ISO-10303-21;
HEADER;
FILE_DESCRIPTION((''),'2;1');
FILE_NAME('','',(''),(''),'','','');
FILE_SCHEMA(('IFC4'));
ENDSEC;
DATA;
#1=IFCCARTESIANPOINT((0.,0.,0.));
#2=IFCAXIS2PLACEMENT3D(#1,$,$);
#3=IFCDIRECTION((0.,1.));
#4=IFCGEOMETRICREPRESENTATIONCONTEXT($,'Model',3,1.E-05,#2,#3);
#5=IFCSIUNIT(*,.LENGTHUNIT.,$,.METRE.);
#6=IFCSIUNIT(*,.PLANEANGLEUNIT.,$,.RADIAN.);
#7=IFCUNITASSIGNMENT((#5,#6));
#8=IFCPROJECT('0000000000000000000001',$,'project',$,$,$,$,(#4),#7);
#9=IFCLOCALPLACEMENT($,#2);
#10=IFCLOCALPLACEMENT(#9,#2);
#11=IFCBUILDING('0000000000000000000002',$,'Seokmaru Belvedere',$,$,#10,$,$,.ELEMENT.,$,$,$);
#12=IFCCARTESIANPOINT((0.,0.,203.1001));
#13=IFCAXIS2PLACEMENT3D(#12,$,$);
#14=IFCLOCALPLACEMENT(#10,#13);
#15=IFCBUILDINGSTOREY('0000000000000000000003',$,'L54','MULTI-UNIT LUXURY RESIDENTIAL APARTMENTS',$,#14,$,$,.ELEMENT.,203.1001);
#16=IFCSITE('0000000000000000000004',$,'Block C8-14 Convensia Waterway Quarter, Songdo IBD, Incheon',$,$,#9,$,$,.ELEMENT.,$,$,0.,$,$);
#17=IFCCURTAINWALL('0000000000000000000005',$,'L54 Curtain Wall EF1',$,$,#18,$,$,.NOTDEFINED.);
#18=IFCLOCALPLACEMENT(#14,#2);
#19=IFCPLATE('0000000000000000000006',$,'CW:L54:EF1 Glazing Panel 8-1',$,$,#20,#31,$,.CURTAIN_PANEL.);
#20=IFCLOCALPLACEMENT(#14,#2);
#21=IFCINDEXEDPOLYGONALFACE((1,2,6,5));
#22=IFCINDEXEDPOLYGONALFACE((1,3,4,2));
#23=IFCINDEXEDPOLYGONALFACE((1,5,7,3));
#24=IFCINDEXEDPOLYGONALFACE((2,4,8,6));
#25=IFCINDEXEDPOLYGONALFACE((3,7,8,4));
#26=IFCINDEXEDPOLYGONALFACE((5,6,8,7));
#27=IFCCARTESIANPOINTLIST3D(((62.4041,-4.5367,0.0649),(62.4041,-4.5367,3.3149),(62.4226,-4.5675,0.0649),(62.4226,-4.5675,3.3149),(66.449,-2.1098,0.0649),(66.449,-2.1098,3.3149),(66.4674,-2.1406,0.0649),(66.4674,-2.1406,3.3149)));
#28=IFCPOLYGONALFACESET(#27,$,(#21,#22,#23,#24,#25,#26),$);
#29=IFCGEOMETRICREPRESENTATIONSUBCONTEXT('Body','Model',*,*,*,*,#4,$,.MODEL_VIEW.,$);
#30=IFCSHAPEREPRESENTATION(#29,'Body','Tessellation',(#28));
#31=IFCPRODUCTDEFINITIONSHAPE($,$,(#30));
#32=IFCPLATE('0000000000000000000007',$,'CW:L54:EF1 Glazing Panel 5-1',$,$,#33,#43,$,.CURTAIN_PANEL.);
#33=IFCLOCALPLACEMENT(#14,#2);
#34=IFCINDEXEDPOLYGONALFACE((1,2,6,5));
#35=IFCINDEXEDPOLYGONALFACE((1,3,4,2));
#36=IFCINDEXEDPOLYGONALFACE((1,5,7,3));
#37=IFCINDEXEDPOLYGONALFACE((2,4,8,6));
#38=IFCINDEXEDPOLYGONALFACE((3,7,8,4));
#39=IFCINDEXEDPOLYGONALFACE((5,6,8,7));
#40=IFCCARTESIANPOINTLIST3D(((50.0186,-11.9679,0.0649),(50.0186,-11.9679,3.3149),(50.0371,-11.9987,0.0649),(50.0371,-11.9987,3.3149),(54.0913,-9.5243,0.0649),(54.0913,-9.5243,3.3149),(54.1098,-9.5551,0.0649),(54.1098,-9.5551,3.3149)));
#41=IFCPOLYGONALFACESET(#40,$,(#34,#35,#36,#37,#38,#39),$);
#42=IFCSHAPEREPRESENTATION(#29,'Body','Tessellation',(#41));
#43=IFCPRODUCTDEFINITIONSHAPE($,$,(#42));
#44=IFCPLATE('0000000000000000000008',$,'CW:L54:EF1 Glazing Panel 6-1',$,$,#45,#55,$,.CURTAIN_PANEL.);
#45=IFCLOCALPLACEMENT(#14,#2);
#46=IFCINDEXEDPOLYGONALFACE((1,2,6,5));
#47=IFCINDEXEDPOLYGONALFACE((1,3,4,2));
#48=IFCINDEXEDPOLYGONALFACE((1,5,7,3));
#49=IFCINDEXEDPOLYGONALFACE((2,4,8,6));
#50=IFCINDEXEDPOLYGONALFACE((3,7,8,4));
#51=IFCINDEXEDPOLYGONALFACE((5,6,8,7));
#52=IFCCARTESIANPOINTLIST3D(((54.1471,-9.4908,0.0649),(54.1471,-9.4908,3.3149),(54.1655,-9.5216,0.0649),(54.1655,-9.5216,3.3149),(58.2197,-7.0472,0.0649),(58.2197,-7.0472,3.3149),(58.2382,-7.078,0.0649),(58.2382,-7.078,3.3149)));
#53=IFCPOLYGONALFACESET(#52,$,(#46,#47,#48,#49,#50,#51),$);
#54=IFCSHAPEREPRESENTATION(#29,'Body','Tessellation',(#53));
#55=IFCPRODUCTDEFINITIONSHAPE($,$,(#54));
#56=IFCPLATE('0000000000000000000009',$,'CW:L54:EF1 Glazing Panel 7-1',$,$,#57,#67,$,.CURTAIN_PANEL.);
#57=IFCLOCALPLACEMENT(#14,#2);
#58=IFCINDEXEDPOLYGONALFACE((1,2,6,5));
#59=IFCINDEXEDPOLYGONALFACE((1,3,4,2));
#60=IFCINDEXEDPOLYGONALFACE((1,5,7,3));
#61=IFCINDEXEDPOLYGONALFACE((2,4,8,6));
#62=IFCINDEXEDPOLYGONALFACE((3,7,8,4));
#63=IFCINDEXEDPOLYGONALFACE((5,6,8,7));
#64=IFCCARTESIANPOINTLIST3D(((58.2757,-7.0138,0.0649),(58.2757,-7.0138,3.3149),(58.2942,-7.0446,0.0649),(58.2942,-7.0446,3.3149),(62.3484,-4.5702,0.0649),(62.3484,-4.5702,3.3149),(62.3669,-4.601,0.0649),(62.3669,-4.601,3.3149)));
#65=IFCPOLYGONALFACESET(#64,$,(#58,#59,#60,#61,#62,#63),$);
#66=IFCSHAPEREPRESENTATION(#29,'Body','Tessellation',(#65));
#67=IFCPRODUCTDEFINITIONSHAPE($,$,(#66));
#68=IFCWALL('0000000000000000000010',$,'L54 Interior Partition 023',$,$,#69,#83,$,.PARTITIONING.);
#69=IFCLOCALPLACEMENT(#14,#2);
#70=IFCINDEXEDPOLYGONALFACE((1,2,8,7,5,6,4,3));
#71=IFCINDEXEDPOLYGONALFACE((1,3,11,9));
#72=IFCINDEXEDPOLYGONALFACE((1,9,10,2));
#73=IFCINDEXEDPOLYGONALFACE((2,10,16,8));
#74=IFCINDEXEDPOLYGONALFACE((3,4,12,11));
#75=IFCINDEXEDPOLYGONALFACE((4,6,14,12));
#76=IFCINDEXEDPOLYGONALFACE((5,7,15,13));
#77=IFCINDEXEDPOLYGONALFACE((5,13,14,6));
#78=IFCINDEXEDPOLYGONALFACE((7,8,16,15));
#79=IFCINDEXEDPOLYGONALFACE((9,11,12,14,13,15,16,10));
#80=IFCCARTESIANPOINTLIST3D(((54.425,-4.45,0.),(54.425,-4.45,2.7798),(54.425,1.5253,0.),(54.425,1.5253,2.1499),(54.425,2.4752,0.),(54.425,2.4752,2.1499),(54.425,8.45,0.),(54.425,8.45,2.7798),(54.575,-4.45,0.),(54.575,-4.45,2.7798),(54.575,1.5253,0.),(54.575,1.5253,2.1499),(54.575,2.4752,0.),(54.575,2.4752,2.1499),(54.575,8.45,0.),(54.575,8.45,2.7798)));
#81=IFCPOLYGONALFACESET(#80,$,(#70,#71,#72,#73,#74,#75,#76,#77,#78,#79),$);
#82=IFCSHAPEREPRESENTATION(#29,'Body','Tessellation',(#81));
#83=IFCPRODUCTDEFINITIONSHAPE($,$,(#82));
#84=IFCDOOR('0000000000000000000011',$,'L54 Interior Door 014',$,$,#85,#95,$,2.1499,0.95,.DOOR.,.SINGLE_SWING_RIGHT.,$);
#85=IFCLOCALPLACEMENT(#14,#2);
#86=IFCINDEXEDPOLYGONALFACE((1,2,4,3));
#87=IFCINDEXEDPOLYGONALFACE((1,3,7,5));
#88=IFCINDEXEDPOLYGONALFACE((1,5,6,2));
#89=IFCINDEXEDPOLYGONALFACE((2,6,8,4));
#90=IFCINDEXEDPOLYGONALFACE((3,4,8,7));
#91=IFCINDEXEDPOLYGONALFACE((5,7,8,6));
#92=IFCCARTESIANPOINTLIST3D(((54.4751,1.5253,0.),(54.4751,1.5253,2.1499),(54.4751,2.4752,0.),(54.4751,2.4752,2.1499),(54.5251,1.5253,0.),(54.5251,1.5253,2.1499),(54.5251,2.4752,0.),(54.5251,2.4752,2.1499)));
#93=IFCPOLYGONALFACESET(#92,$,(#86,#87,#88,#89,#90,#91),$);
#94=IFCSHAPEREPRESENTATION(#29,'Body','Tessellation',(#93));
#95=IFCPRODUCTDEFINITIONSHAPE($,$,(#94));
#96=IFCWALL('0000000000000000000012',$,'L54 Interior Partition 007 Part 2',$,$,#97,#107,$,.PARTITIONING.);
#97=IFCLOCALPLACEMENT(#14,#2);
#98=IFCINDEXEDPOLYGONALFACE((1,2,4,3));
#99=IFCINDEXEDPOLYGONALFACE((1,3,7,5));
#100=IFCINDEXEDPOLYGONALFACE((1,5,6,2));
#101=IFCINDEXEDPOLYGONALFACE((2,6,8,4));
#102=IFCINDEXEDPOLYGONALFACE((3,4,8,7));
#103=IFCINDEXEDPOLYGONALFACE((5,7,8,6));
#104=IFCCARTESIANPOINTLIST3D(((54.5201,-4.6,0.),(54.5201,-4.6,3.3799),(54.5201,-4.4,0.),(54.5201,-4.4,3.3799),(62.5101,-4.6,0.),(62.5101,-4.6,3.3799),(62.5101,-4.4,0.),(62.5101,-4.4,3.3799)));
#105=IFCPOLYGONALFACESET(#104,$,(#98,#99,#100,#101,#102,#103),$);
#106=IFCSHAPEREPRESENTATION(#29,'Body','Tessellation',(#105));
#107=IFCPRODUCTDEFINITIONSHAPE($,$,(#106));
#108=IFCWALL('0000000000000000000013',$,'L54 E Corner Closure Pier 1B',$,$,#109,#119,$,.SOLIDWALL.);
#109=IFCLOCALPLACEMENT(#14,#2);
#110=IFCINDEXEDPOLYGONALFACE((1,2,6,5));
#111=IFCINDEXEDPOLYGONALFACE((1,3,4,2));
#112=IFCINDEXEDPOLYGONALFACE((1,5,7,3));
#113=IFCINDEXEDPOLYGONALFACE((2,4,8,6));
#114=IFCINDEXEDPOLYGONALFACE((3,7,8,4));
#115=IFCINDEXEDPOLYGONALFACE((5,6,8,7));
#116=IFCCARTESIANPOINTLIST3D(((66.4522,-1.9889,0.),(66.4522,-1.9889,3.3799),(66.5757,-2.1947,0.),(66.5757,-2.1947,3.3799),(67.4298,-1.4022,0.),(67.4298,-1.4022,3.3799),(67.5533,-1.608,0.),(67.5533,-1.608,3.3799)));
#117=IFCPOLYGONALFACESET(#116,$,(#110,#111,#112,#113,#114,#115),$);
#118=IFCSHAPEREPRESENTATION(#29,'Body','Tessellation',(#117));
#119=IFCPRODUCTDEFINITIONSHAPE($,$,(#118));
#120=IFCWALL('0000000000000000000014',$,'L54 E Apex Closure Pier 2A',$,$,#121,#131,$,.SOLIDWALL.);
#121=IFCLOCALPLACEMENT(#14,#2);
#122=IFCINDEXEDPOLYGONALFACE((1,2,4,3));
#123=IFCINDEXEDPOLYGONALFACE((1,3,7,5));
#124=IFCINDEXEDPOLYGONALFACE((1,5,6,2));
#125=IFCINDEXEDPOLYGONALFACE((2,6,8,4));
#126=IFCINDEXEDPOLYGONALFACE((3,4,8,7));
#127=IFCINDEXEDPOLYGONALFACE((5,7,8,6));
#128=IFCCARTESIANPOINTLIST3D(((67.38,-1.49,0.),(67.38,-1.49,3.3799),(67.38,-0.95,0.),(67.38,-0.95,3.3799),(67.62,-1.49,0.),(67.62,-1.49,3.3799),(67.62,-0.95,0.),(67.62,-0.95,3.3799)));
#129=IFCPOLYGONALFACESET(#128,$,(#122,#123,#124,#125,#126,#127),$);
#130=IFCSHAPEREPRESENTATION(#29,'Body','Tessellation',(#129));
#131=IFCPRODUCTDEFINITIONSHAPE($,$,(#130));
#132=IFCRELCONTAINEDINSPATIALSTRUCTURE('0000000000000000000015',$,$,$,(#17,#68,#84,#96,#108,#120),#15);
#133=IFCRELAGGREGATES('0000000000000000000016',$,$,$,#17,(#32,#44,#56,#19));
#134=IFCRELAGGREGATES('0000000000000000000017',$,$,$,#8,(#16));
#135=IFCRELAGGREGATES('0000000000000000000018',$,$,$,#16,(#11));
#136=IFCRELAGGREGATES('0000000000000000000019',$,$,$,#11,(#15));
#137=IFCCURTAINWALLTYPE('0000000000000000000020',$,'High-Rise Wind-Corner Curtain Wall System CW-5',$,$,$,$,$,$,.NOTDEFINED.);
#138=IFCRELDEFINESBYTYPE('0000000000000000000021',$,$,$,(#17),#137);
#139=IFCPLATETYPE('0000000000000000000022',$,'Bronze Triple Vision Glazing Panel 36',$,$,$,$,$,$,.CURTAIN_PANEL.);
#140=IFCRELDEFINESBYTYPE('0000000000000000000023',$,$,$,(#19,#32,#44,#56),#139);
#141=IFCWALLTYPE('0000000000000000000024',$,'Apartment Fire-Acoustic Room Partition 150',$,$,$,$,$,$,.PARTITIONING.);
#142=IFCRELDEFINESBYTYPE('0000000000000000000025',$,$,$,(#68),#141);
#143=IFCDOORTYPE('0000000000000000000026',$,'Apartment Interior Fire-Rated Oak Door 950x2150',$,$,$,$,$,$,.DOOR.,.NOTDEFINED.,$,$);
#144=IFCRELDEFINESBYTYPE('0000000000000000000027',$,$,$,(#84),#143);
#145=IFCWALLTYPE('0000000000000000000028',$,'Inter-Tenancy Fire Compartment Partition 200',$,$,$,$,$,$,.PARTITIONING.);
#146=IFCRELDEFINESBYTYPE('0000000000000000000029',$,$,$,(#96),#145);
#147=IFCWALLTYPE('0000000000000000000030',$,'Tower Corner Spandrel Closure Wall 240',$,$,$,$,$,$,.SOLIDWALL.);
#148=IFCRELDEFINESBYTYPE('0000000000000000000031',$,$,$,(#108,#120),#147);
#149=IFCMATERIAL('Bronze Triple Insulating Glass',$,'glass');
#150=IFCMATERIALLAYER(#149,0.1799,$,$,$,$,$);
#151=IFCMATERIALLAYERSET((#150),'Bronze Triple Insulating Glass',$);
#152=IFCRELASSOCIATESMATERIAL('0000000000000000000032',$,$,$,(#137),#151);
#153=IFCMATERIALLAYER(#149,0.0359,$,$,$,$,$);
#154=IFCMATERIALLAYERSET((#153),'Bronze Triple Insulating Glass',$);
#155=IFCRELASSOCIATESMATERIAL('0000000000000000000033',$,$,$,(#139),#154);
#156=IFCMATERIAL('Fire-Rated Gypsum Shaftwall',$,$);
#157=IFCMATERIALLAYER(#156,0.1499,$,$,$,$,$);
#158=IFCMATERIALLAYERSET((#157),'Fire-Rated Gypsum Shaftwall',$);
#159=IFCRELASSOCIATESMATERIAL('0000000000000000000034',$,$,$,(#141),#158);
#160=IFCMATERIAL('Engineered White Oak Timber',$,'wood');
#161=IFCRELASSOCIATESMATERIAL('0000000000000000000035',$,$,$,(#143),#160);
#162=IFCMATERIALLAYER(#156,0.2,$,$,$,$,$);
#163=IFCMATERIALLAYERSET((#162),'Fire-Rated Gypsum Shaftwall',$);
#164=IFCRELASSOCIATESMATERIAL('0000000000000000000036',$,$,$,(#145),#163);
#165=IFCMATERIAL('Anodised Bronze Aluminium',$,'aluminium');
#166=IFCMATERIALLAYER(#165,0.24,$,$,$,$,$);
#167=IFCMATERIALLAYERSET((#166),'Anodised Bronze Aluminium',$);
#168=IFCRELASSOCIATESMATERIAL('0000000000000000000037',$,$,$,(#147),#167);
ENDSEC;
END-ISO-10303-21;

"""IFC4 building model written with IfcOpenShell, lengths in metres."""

from ifc_helpers import new_model, si_unit, direction, frame, frame_2d, origin, origin_2d, place, context, subcontext, project, spatial, rectangle, extrude, source, transform, mapped, material, layer, layer_set, type_object, type_shapes, element, fill, aggregate, save


model = new_model("IFC4")

# Units and contexts
model_context = context("Model", 3, precision=1e-05, world=origin(), true_north=direction((0.0, 1.0)))
body_context = subcontext(model_context, "Body", "Model", "MODEL_VIEW")
ifc_project = project(units=[si_unit("LENGTHUNIT", "METRE"), si_unit("PLANEANGLEUNIT", "RADIAN")], contexts=[model_context])

# Site, building, storey
site_placement = place(None, origin())
site = spatial("IfcSite", under=ifc_project, at=site_placement, Name="Block C8-14 Convensia Waterway Quarter, Songdo IBD, Incheon", CompositionType="ELEMENT", RefElevation=0.0)
building_placement = place(site_placement, origin())
building = spatial("IfcBuilding", under=site, at=building_placement, Name="Seokmaru Belvedere", CompositionType="ELEMENT")
storey_placement = place(building_placement, frame((0.0, 0.0, 203.1001)))
storey = spatial("IfcBuildingStorey", under=building, at=storey_placement, Name="L54", Description="MULTI-UNIT LUXURY RESIDENTIAL APARTMENTS", CompositionType="ELEMENT", Elevation=203.1001)

# Curtain wall, plates
ifc_material_1 = material(Name="Bronze Triple Insulating Glass", Category="glass")
ifc_layer_1 = layer(ifc_material_1, 0.1799)
ifc_layer_set_1 = layer_set([ifc_layer_1], Name="Bronze Triple Insulating Glass")
curtain_wall_type = type_object("IfcCurtainWallType", Name="High-Rise Wind-Corner Curtain Wall System CW-5", PredefinedType="NOTDEFINED", material=ifc_layer_set_1)
curtain_wall_placement = place(storey_placement, origin())
curtain_wall = element("IfcCurtainWall", 1, at=curtain_wall_placement, inside=storey, type_object=curtain_wall_type, Name="L54 Curtain Wall EF1", PredefinedType="NOTDEFINED")
ifc_material_2 = material(Name="Anodised Bronze Aluminium", Category="aluminium")
ifc_layer_2 = layer(ifc_material_1, 0.0359)
ifc_layer_set_2 = layer_set([ifc_layer_2], Name="Bronze Triple Insulating Glass")
plate_type = type_object("IfcPlateType", Name="Bronze Triple Vision Glazing Panel 36", PredefinedType="CURTAIN_PANEL", material=ifc_layer_set_2)
shared_shape_1 = source(origin(), body_context, "Body", "SweptSolid", [
    extrude(rectangle(XDim=4.717, YDim=0.0359, at=origin_2d()), origin(), (0.0, 0.0, 1.0), 3.25),
])
plate_1_placement = place(storey_placement, frame((64.4358, -3.3386, 0.0649), z_axis=(0.0, 0.0, 1.0), x_axis=(0.857493, 0.514495, 0.0)))
plate_1 = element("IfcPlate", 2, at=plate_1_placement, type_object=plate_type, Name="CW:L54:EF1 Glazing Panel 8-1", PredefinedType="CURTAIN_PANEL", context=body_context, shape_type="MappedRepresentation", body=[
    mapped(shared_shape_1, transform((0.0, 0.0, 0.0), scale=1.0)),
])
shared_shape_2 = source(origin(), body_context, "Body", "SweptSolid", [
    extrude(rectangle(XDim=4.7495, YDim=0.0359, at=origin_2d()), origin(), (0.0, 0.0, 1.0), 3.25),
])
type_shapes(plate_type, [shared_shape_1, shared_shape_2])
plate_2_placement = place(storey_placement, frame((52.0642, -10.7615, 0.0649), z_axis=(0.0, 0.0, 1.0), x_axis=(0.857493, 0.514495, 0.0)))
plate_2 = element("IfcPlate", 3, at=plate_2_placement, type_object=plate_type, Name="CW:L54:EF1 Glazing Panel 5-1", PredefinedType="CURTAIN_PANEL", context=body_context, shape_type="MappedRepresentation", body=[
    mapped(shared_shape_2, transform((0.0, 0.0, 0.0), scale=1.0)),
])
plate_3_placement = place(storey_placement, frame((56.1926, -8.2844, 0.0649), z_axis=(0.0, 0.0, 1.0), x_axis=(0.857493, 0.514495, 0.0)))
plate_3 = element("IfcPlate", 4, at=plate_3_placement, type_object=plate_type, Name="CW:L54:EF1 Glazing Panel 6-1", PredefinedType="CURTAIN_PANEL", context=body_context, shape_type="MappedRepresentation", body=[
    mapped(shared_shape_2, transform((0.0, 0.0, 0.0), scale=1.0)),
])
plate_4_placement = place(storey_placement, frame((60.3213, -5.8074, 0.0649), z_axis=(0.0, 0.0, 1.0), x_axis=(0.857493, 0.514495, 0.0)))
plate_4 = element("IfcPlate", 5, at=plate_4_placement, type_object=plate_type, Name="CW:L54:EF1 Glazing Panel 7-1", PredefinedType="CURTAIN_PANEL", context=body_context, shape_type="MappedRepresentation", body=[
    mapped(shared_shape_2, transform((0.0, 0.0, 0.0), scale=1.0)),
])
aggregate(curtain_wall, [plate_2, plate_3, plate_4, plate_1])

# Wall, opening, door
ifc_material_3 = material(Name="Fire-Rated Gypsum Shaftwall")
ifc_layer_3 = layer(ifc_material_3, 0.1499)
ifc_layer_set_3 = layer_set([ifc_layer_3], Name="Fire-Rated Gypsum Shaftwall")
wall_type_1 = type_object("IfcWallType", Name="Apartment Fire-Acoustic Room Partition 150", PredefinedType="PARTITIONING", material=ifc_layer_set_3)
wall_1_placement = place(storey_placement, frame((54.5, -4.45, 0.0), z_axis=(0.0, 0.0, 1.0), x_axis=(0.0, 1.0, 0.0)))
wall_1 = element("IfcWall", 6, at=wall_1_placement, inside=storey, type_object=wall_type_1, Name="L54 Interior Partition 023", PredefinedType="PARTITIONING", context=body_context, shape_type="SweptSolid", body=[
    extrude(rectangle(XDim=12.8999, YDim=0.1499, at=frame_2d((6.45, 0.0))), origin(), (0.0, 0.0, 1.0), 2.7798),
])
opening_placement = place(wall_1_placement, frame((5.9751, 0.0, 0.0)))
opening = element("IfcOpeningElement", 7, at=opening_placement, cuts=wall_1, PredefinedType="OPENING", context=body_context, shape_type="SweptSolid", body=[
    extrude(rectangle(XDim=0.95, YDim=2.1499, at=frame_2d((0.4751, 1.075))), frame((0.0, 0.085, 0.0), z_axis=(0.0, -1.0, 0.0), x_axis=(1.0, 0.0, 0.0)), (0.0, 0.0, 1.0), 0.1699),
])
ifc_material_4 = material(Name="Engineered White Oak Timber", Category="wood")
door_type = type_object("IfcDoorType", Name="Apartment Interior Fire-Rated Oak Door 950x2150", OperationType="NOTDEFINED", PredefinedType="DOOR", material=ifc_material_4)
shared_shape_3 = source(origin(), body_context, "Body", "SweptSolid", [
    extrude(rectangle(XDim=0.95, YDim=2.1499, at=frame_2d((0.4751, 1.075))), frame((0.0, 0.0249, 0.0), z_axis=(0.0, -1.0, 0.0), x_axis=(1.0, 0.0, 0.0)), (0.0, 0.0, 1.0), 0.05),
])
type_shapes(door_type, [shared_shape_3])
door_placement = place(opening_placement, origin())
door = element("IfcDoor", 8, at=door_placement, inside=storey, type_object=door_type, Name="L54 Interior Door 014", OperationType="SINGLE_SWING_RIGHT", OverallHeight=2.1499, OverallWidth=0.95, PredefinedType="DOOR", context=body_context, shape_type="MappedRepresentation", body=[
    mapped(shared_shape_3, transform((0.0, 0.0, 0.0), scale=1.0)),
])
fill(opening, door)

# Walls
ifc_layer_4 = layer(ifc_material_3, 0.2)
ifc_layer_set_4 = layer_set([ifc_layer_4], Name="Fire-Rated Gypsum Shaftwall")
wall_type_2 = type_object("IfcWallType", Name="Inter-Tenancy Fire Compartment Partition 200", PredefinedType="PARTITIONING", material=ifc_layer_set_4)
wall_2_placement = place(storey_placement, frame((54.52, -4.5, 0.0), z_axis=(0.0, 0.0, 1.0), x_axis=(1.0, 0.0, 0.0)))
element("IfcWall", 9, at=wall_2_placement, inside=storey, type_object=wall_type_2, Name="L54 Interior Partition 007 Part 2", PredefinedType="PARTITIONING", context=body_context, shape_type="SweptSolid", body=[
    extrude(rectangle(XDim=7.99, YDim=0.2, at=frame_2d((3.9951, 0.0))), origin(), (0.0, 0.0, 1.0), 3.3799),
])
ifc_layer_5 = layer(ifc_material_2, 0.24)
ifc_layer_set_5 = layer_set([ifc_layer_5], Name="Anodised Bronze Aluminium")
wall_type_3 = type_object("IfcWallType", Name="Tower Corner Spandrel Closure Wall 240", PredefinedType="SOLIDWALL", material=ifc_layer_set_5)
wall_3_placement = place(storey_placement, frame((66.5139, -2.0918, 0.0), z_axis=(0.0, 0.0, 1.0), x_axis=(0.857436, 0.51459, 0.0)))
element("IfcWall", 10, at=wall_3_placement, inside=storey, type_object=wall_type_3, Name="L54 E Corner Closure Pier 1B", PredefinedType="SOLIDWALL", context=body_context, shape_type="SweptSolid", body=[
    extrude(rectangle(XDim=1.1401, YDim=0.24, at=frame_2d((0.5701, 0.0))), origin(), (0.0, 0.0, 1.0), 3.3799),
])
wall_4_placement = place(storey_placement, frame((67.5, -1.49, 0.0), z_axis=(0.0, 0.0, 1.0), x_axis=(0.0, 1.0, 0.0)))
element("IfcWall", 11, at=wall_4_placement, inside=storey, type_object=wall_type_3, Name="L54 E Apex Closure Pier 2A", PredefinedType="SOLIDWALL", context=body_context, shape_type="SweptSolid", body=[
    extrude(rectangle(XDim=0.54, YDim=0.24, at=frame_2d((0.27, 0.0))), origin(), (0.0, 0.0, 1.0), 3.3799),
])

save(model, "model.ifc")
